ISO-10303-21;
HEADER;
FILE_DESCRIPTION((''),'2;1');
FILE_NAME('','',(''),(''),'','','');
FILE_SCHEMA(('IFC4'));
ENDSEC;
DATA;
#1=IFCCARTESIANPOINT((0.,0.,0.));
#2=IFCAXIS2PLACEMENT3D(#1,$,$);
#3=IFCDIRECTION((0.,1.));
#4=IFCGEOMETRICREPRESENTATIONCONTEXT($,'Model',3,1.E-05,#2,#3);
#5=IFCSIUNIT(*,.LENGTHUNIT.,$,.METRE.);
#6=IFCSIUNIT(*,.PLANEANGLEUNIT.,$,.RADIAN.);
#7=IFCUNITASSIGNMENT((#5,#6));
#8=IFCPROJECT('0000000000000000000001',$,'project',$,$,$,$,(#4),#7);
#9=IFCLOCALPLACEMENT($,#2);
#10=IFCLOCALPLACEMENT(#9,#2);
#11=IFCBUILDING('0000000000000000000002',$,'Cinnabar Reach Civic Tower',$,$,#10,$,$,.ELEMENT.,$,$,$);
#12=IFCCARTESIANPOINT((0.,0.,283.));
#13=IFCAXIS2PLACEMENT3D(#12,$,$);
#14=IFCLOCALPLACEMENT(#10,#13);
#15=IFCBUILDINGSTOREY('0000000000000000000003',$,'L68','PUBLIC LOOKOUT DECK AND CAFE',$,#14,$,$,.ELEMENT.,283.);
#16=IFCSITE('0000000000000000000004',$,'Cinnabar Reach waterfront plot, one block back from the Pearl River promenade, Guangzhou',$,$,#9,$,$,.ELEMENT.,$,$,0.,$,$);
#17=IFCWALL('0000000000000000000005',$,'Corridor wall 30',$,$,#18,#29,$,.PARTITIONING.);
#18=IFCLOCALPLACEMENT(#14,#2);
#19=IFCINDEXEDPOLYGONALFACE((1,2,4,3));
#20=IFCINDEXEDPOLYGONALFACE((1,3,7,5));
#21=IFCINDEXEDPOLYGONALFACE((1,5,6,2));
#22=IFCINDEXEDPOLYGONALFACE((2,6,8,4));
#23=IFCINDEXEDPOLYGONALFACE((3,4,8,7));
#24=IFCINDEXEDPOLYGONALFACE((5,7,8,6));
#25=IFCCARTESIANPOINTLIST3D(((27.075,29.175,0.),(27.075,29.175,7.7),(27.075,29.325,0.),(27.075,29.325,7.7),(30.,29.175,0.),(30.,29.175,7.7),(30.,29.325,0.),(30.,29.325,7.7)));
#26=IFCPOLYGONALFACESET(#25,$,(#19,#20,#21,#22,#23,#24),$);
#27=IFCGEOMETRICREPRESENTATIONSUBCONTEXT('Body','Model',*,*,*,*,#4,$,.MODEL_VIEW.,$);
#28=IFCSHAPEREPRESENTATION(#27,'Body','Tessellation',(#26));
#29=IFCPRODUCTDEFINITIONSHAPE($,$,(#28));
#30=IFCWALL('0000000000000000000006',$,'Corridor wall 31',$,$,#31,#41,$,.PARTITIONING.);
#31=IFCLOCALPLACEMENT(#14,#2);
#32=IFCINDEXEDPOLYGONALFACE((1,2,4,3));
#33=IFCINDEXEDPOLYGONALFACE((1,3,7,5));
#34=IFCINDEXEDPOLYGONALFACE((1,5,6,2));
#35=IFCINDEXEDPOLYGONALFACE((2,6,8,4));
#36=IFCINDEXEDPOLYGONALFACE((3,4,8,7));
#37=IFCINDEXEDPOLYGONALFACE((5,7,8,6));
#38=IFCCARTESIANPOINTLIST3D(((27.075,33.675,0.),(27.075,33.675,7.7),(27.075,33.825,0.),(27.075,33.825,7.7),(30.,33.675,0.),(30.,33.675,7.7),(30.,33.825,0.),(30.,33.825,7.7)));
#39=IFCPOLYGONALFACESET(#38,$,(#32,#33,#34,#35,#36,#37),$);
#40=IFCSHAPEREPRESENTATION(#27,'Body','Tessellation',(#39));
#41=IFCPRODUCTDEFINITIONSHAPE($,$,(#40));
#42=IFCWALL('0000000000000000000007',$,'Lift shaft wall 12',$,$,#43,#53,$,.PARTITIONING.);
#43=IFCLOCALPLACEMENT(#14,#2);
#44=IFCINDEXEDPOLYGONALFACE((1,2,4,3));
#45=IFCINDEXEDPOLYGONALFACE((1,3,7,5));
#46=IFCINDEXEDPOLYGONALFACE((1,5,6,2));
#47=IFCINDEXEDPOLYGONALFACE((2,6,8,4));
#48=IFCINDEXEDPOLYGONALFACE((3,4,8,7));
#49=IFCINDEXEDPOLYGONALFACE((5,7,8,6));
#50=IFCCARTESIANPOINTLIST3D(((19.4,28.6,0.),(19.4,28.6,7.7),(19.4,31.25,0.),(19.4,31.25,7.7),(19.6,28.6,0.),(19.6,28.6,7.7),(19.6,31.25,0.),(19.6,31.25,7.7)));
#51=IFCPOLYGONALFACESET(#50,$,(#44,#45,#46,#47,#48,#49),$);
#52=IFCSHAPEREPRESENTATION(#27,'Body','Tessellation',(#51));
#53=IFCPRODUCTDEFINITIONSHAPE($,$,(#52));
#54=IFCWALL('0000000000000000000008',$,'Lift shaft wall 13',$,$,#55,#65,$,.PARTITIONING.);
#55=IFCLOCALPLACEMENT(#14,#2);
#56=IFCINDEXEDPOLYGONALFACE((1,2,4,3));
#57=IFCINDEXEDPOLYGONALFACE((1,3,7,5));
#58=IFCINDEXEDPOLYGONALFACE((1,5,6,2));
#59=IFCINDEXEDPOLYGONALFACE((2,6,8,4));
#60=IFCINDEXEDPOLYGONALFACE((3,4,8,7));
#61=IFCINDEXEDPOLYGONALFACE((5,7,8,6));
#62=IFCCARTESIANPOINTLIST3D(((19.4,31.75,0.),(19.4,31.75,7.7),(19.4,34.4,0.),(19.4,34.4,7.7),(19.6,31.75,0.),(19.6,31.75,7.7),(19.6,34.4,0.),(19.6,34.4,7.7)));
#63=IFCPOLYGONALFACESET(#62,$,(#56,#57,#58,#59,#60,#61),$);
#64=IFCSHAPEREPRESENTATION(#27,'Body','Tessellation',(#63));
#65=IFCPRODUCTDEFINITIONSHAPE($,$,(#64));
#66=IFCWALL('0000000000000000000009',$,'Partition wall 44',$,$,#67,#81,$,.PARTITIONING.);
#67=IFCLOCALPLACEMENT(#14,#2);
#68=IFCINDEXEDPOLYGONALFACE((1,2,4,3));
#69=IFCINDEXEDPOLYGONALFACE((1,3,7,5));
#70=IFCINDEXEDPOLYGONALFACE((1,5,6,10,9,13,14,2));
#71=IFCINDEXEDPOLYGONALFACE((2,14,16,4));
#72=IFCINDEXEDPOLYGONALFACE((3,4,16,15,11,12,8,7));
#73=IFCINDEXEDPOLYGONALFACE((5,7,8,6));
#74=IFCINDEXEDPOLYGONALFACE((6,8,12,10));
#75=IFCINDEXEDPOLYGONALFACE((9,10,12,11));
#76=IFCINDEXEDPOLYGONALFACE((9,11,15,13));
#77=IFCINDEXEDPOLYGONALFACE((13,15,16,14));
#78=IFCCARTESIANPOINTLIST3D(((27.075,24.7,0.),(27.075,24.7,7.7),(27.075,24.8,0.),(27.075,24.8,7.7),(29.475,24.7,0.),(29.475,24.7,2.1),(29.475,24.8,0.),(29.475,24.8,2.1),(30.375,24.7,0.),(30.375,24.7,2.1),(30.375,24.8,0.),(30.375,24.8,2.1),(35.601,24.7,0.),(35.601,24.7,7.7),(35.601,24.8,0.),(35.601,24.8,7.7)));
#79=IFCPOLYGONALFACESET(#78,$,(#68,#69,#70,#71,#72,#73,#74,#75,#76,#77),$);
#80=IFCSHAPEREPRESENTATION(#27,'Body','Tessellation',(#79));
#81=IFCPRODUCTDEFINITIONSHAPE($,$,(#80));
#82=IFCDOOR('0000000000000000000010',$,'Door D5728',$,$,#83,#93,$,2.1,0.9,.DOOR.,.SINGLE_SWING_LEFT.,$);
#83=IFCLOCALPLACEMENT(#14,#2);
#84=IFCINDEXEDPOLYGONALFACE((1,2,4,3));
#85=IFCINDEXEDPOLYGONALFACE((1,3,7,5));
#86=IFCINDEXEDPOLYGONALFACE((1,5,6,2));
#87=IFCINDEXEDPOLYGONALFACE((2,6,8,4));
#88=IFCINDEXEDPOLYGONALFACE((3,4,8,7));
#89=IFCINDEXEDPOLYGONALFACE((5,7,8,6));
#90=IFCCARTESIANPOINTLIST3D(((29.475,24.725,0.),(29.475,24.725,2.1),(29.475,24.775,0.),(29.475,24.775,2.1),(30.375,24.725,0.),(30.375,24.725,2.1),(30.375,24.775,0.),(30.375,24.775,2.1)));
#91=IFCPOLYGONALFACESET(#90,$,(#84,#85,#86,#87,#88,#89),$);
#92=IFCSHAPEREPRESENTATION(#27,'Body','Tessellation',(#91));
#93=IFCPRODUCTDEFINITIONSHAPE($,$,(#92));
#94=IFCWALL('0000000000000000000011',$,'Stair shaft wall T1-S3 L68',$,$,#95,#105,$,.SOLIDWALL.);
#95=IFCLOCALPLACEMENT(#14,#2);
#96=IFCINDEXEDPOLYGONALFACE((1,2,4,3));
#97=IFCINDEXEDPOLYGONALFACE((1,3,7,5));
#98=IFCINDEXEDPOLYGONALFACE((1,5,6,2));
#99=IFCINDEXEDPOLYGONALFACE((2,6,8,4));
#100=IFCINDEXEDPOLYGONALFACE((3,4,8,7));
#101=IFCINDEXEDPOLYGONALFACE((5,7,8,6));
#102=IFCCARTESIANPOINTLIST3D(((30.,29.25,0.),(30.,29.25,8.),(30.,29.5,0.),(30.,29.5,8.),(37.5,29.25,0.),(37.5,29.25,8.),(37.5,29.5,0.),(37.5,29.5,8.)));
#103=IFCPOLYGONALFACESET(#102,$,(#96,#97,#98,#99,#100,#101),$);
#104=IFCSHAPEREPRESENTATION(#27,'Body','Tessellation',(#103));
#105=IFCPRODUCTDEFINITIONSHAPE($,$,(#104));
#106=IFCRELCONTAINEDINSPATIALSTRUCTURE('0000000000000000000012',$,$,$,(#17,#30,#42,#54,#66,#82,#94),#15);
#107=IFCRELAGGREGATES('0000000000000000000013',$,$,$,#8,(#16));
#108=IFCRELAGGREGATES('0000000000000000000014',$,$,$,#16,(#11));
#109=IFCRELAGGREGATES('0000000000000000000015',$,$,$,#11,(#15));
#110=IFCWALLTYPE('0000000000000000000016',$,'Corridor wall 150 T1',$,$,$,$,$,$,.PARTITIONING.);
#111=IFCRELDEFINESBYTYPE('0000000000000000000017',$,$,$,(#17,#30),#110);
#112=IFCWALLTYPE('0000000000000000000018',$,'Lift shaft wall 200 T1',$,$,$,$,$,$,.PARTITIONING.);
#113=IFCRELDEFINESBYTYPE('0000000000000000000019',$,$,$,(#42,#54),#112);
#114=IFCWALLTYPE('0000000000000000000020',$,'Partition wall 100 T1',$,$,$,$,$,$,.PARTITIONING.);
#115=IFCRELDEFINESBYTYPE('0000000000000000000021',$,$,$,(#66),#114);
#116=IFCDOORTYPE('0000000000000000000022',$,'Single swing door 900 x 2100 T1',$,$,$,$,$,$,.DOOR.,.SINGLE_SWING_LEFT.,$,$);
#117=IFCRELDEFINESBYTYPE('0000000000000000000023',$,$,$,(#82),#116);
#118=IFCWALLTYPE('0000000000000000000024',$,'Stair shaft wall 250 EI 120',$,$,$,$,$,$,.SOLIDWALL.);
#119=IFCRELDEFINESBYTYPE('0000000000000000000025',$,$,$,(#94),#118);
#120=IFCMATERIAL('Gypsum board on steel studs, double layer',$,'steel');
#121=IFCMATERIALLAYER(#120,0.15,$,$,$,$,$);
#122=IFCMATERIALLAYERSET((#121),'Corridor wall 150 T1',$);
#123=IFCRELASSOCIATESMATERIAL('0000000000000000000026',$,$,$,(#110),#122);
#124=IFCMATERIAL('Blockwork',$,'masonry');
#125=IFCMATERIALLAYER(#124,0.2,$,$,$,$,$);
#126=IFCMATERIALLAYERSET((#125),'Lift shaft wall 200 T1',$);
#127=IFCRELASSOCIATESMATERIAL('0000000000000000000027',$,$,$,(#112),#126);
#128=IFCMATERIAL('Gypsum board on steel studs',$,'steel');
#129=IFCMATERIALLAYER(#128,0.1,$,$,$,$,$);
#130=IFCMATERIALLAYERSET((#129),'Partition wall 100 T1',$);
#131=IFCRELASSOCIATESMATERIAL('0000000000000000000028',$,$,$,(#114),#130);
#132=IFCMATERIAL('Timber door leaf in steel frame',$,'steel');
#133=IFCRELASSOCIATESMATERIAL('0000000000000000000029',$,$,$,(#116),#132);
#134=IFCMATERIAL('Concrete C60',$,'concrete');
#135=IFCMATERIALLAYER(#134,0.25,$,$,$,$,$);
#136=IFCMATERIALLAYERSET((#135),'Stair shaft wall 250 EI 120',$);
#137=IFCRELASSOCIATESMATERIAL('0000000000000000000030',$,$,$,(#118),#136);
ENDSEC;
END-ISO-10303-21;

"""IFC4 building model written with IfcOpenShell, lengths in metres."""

from ifc_helpers import new_model, si_unit, direction, frame, frame_2d, origin, place, context, subcontext, project, spatial, rectangle, extrude, material, layer, layer_set, type_object, element, fill, save


model = new_model("IFC4")

# Units and contexts
model_context = context("Model", 3, precision=1e-05, world=origin(), true_north=direction((0.0, 1.0)))
body_context = subcontext(model_context, "Body", "Model", "MODEL_VIEW")
ifc_project = project(units=[si_unit("LENGTHUNIT", "METRE"), si_unit("PLANEANGLEUNIT", "RADIAN")], contexts=[model_context])

# Site, building, storey
site_placement = place(None, origin())
site = spatial("IfcSite", under=ifc_project, at=site_placement, Name="Cinnabar Reach waterfront plot, one block back from the Pearl River promenade, Guangzhou", CompositionType="ELEMENT", RefElevation=0.0)
building_placement = place(site_placement, origin())
building = spatial("IfcBuilding", under=site, at=building_placement, Name="Cinnabar Reach Civic Tower", CompositionType="ELEMENT")
storey_placement = place(building_placement, frame((0.0, 0.0, 283.0)))
storey = spatial("IfcBuildingStorey", under=building, at=storey_placement, Name="L68", Description="PUBLIC LOOKOUT DECK AND CAFE", CompositionType="ELEMENT", Elevation=283.0)

# Shared definitions
ifc_material_1 = material(Name="Concrete C60", Category="concrete")

# Shared definitions
ifc_material_2 = material(Name="Timber door leaf in steel frame", Category="steel")

# Shared definitions
ifc_material_3 = material(Name="Gypsum board on steel studs, double layer", Category="steel")
ifc_layer_1 = layer(ifc_material_3, 0.15)
ifc_layer_set_1 = layer_set([ifc_layer_1], Name="Corridor wall 150 T1")
wall_type_1 = type_object("IfcWallType", Name="Corridor wall 150 T1", PredefinedType="PARTITIONING", material=ifc_layer_set_1)

# Walls
for number, where, z_axis, x_axis, name in (
    (1, (27.075, 29.25, 0.0), (0.0, 0.0, 1.0), (1.0, 0.0, 0.0), "Corridor wall 30"),
    (2, (27.075, 33.75, 0.0), (0.0, 0.0, 1.0), (1.0, 0.0, 0.0), "Corridor wall 31"),
):
    element("IfcWall", number, at=place(storey_placement, frame(where, z_axis=z_axis, x_axis=x_axis)), inside=storey, type_object=wall_type_1, Name=name, PredefinedType="PARTITIONING", context=body_context, shape_type="SweptSolid", body=[
        extrude(rectangle(XDim=2.925, YDim=0.15, at=frame_2d((1.4625, 0.0))), origin(), (0.0, 0.0, 1.0), 7.7),
    ])
ifc_material_4 = material(Name="Blockwork", Category="masonry")
ifc_layer_2 = layer(ifc_material_4, 0.2)
ifc_layer_set_2 = layer_set([ifc_layer_2], Name="Lift shaft wall 200 T1")
wall_type_2 = type_object("IfcWallType", Name="Lift shaft wall 200 T1", PredefinedType="PARTITIONING", material=ifc_layer_set_2)
for number, where, z_axis, x_axis, name in (
    (3, (19.5, 28.6, 0.0), (0.0, 0.0, 1.0), (0.0, 1.0, 0.0), "Lift shaft wall 12"),
    (4, (19.5, 31.75, 0.0), (0.0, 0.0, 1.0), (0.0, 1.0, 0.0), "Lift shaft wall 13"),
):
    element("IfcWall", number, at=place(storey_placement, frame(where, z_axis=z_axis, x_axis=x_axis)), inside=storey, type_object=wall_type_2, Name=name, PredefinedType="PARTITIONING", context=body_context, shape_type="SweptSolid", body=[
        extrude(rectangle(XDim=2.65, YDim=0.2, at=frame_2d((1.325, 0.0))), origin(), (0.0, 0.0, 1.0), 7.7),
    ])

# Wall, opening, door
ifc_material_5 = material(Name="Gypsum board on steel studs", Category="steel")
ifc_layer_3 = layer(ifc_material_5, 0.1)
ifc_layer_set_3 = layer_set([ifc_layer_3], Name="Partition wall 100 T1")
wall_type_3 = type_object("IfcWallType", Name="Partition wall 100 T1", PredefinedType="PARTITIONING", material=ifc_layer_set_3)
wall_1_placement = place(storey_placement, frame((27.075, 24.75, 0.0), z_axis=(0.0, 0.0, 1.0), x_axis=(1.0, 0.0, 0.0)))
wall_1 = element("IfcWall", 5, at=wall_1_placement, inside=storey, type_object=wall_type_3, Name="Partition wall 44", PredefinedType="PARTITIONING", context=body_context, shape_type="SweptSolid", body=[
    extrude(rectangle(XDim=8.5259, YDim=0.1, at=frame_2d((4.263, 0.0))), origin(), (0.0, 0.0, 1.0), 7.7),
])
opening_1_placement = place(wall_1_placement, frame((2.4, 0.0, 0.0)))
opening_1 = element("IfcOpeningElement", 6, at=opening_1_placement, cuts=wall_1, PredefinedType="OPENING", context=body_context, shape_type="SweptSolid", body=[
    extrude(rectangle(XDim=0.9, YDim=2.1, at=frame_2d((0.45, 1.05))), frame((0.0, 0.06, 0.0), z_axis=(0.0, -1.0, 0.0), x_axis=(1.0, 0.0, 0.0)), (0.0, 0.0, 1.0), 0.12),
])
door_type_1 = type_object("IfcDoorType", Name="Single swing door 900 x 2100 T1", OperationType="SINGLE_SWING_LEFT", PredefinedType="DOOR", material=ifc_material_2)
door_1_placement = place(opening_1_placement, frame((0.9, 0.0, 0.0), z_axis=(0.0, 0.0, 1.0), x_axis=(-1.0, 0.0, 0.0)))
door_1 = element("IfcDoor", 7, at=door_1_placement, inside=storey, type_object=door_type_1, Name="Door D5728", OperationType="SINGLE_SWING_LEFT", OverallHeight=2.1, OverallWidth=0.9, PredefinedType="DOOR", context=body_context, shape_type="SweptSolid", body=[
    extrude(rectangle(XDim=0.9, YDim=2.1, at=frame_2d((0.45, 1.05))), frame((0.0, 0.025, 0.0), z_axis=(0.0, -1.0, 0.0), x_axis=(1.0, 0.0, 0.0)), (0.0, 0.0, 1.0), 0.05),
])
fill(opening_1, door_1)

# Wall
ifc_layer_4 = layer(ifc_material_1, 0.25)
ifc_layer_set_4 = layer_set([ifc_layer_4], Name="Stair shaft wall 250 EI 120")
wall_type_4 = type_object("IfcWallType", Name="Stair shaft wall 250 EI 120", PredefinedType="SOLIDWALL", material=ifc_layer_set_4)
wall_2_placement = place(storey_placement, frame((30.0, 29.375, 0.0), z_axis=(0.0, 0.0, 1.0), x_axis=(1.0, 0.0, 0.0)))
element("IfcWall", 8, at=wall_2_placement, inside=storey, type_object=wall_type_4, Name="Stair shaft wall T1-S3 L68", PredefinedType="SOLIDWALL", context=body_context, shape_type="SweptSolid", body=[
    extrude(rectangle(XDim=7.5, YDim=0.25, at=frame_2d((3.75, 0.0))), origin(), (0.0, 0.0, 1.0), 8.0),
])

save(model, "model.ifc")
